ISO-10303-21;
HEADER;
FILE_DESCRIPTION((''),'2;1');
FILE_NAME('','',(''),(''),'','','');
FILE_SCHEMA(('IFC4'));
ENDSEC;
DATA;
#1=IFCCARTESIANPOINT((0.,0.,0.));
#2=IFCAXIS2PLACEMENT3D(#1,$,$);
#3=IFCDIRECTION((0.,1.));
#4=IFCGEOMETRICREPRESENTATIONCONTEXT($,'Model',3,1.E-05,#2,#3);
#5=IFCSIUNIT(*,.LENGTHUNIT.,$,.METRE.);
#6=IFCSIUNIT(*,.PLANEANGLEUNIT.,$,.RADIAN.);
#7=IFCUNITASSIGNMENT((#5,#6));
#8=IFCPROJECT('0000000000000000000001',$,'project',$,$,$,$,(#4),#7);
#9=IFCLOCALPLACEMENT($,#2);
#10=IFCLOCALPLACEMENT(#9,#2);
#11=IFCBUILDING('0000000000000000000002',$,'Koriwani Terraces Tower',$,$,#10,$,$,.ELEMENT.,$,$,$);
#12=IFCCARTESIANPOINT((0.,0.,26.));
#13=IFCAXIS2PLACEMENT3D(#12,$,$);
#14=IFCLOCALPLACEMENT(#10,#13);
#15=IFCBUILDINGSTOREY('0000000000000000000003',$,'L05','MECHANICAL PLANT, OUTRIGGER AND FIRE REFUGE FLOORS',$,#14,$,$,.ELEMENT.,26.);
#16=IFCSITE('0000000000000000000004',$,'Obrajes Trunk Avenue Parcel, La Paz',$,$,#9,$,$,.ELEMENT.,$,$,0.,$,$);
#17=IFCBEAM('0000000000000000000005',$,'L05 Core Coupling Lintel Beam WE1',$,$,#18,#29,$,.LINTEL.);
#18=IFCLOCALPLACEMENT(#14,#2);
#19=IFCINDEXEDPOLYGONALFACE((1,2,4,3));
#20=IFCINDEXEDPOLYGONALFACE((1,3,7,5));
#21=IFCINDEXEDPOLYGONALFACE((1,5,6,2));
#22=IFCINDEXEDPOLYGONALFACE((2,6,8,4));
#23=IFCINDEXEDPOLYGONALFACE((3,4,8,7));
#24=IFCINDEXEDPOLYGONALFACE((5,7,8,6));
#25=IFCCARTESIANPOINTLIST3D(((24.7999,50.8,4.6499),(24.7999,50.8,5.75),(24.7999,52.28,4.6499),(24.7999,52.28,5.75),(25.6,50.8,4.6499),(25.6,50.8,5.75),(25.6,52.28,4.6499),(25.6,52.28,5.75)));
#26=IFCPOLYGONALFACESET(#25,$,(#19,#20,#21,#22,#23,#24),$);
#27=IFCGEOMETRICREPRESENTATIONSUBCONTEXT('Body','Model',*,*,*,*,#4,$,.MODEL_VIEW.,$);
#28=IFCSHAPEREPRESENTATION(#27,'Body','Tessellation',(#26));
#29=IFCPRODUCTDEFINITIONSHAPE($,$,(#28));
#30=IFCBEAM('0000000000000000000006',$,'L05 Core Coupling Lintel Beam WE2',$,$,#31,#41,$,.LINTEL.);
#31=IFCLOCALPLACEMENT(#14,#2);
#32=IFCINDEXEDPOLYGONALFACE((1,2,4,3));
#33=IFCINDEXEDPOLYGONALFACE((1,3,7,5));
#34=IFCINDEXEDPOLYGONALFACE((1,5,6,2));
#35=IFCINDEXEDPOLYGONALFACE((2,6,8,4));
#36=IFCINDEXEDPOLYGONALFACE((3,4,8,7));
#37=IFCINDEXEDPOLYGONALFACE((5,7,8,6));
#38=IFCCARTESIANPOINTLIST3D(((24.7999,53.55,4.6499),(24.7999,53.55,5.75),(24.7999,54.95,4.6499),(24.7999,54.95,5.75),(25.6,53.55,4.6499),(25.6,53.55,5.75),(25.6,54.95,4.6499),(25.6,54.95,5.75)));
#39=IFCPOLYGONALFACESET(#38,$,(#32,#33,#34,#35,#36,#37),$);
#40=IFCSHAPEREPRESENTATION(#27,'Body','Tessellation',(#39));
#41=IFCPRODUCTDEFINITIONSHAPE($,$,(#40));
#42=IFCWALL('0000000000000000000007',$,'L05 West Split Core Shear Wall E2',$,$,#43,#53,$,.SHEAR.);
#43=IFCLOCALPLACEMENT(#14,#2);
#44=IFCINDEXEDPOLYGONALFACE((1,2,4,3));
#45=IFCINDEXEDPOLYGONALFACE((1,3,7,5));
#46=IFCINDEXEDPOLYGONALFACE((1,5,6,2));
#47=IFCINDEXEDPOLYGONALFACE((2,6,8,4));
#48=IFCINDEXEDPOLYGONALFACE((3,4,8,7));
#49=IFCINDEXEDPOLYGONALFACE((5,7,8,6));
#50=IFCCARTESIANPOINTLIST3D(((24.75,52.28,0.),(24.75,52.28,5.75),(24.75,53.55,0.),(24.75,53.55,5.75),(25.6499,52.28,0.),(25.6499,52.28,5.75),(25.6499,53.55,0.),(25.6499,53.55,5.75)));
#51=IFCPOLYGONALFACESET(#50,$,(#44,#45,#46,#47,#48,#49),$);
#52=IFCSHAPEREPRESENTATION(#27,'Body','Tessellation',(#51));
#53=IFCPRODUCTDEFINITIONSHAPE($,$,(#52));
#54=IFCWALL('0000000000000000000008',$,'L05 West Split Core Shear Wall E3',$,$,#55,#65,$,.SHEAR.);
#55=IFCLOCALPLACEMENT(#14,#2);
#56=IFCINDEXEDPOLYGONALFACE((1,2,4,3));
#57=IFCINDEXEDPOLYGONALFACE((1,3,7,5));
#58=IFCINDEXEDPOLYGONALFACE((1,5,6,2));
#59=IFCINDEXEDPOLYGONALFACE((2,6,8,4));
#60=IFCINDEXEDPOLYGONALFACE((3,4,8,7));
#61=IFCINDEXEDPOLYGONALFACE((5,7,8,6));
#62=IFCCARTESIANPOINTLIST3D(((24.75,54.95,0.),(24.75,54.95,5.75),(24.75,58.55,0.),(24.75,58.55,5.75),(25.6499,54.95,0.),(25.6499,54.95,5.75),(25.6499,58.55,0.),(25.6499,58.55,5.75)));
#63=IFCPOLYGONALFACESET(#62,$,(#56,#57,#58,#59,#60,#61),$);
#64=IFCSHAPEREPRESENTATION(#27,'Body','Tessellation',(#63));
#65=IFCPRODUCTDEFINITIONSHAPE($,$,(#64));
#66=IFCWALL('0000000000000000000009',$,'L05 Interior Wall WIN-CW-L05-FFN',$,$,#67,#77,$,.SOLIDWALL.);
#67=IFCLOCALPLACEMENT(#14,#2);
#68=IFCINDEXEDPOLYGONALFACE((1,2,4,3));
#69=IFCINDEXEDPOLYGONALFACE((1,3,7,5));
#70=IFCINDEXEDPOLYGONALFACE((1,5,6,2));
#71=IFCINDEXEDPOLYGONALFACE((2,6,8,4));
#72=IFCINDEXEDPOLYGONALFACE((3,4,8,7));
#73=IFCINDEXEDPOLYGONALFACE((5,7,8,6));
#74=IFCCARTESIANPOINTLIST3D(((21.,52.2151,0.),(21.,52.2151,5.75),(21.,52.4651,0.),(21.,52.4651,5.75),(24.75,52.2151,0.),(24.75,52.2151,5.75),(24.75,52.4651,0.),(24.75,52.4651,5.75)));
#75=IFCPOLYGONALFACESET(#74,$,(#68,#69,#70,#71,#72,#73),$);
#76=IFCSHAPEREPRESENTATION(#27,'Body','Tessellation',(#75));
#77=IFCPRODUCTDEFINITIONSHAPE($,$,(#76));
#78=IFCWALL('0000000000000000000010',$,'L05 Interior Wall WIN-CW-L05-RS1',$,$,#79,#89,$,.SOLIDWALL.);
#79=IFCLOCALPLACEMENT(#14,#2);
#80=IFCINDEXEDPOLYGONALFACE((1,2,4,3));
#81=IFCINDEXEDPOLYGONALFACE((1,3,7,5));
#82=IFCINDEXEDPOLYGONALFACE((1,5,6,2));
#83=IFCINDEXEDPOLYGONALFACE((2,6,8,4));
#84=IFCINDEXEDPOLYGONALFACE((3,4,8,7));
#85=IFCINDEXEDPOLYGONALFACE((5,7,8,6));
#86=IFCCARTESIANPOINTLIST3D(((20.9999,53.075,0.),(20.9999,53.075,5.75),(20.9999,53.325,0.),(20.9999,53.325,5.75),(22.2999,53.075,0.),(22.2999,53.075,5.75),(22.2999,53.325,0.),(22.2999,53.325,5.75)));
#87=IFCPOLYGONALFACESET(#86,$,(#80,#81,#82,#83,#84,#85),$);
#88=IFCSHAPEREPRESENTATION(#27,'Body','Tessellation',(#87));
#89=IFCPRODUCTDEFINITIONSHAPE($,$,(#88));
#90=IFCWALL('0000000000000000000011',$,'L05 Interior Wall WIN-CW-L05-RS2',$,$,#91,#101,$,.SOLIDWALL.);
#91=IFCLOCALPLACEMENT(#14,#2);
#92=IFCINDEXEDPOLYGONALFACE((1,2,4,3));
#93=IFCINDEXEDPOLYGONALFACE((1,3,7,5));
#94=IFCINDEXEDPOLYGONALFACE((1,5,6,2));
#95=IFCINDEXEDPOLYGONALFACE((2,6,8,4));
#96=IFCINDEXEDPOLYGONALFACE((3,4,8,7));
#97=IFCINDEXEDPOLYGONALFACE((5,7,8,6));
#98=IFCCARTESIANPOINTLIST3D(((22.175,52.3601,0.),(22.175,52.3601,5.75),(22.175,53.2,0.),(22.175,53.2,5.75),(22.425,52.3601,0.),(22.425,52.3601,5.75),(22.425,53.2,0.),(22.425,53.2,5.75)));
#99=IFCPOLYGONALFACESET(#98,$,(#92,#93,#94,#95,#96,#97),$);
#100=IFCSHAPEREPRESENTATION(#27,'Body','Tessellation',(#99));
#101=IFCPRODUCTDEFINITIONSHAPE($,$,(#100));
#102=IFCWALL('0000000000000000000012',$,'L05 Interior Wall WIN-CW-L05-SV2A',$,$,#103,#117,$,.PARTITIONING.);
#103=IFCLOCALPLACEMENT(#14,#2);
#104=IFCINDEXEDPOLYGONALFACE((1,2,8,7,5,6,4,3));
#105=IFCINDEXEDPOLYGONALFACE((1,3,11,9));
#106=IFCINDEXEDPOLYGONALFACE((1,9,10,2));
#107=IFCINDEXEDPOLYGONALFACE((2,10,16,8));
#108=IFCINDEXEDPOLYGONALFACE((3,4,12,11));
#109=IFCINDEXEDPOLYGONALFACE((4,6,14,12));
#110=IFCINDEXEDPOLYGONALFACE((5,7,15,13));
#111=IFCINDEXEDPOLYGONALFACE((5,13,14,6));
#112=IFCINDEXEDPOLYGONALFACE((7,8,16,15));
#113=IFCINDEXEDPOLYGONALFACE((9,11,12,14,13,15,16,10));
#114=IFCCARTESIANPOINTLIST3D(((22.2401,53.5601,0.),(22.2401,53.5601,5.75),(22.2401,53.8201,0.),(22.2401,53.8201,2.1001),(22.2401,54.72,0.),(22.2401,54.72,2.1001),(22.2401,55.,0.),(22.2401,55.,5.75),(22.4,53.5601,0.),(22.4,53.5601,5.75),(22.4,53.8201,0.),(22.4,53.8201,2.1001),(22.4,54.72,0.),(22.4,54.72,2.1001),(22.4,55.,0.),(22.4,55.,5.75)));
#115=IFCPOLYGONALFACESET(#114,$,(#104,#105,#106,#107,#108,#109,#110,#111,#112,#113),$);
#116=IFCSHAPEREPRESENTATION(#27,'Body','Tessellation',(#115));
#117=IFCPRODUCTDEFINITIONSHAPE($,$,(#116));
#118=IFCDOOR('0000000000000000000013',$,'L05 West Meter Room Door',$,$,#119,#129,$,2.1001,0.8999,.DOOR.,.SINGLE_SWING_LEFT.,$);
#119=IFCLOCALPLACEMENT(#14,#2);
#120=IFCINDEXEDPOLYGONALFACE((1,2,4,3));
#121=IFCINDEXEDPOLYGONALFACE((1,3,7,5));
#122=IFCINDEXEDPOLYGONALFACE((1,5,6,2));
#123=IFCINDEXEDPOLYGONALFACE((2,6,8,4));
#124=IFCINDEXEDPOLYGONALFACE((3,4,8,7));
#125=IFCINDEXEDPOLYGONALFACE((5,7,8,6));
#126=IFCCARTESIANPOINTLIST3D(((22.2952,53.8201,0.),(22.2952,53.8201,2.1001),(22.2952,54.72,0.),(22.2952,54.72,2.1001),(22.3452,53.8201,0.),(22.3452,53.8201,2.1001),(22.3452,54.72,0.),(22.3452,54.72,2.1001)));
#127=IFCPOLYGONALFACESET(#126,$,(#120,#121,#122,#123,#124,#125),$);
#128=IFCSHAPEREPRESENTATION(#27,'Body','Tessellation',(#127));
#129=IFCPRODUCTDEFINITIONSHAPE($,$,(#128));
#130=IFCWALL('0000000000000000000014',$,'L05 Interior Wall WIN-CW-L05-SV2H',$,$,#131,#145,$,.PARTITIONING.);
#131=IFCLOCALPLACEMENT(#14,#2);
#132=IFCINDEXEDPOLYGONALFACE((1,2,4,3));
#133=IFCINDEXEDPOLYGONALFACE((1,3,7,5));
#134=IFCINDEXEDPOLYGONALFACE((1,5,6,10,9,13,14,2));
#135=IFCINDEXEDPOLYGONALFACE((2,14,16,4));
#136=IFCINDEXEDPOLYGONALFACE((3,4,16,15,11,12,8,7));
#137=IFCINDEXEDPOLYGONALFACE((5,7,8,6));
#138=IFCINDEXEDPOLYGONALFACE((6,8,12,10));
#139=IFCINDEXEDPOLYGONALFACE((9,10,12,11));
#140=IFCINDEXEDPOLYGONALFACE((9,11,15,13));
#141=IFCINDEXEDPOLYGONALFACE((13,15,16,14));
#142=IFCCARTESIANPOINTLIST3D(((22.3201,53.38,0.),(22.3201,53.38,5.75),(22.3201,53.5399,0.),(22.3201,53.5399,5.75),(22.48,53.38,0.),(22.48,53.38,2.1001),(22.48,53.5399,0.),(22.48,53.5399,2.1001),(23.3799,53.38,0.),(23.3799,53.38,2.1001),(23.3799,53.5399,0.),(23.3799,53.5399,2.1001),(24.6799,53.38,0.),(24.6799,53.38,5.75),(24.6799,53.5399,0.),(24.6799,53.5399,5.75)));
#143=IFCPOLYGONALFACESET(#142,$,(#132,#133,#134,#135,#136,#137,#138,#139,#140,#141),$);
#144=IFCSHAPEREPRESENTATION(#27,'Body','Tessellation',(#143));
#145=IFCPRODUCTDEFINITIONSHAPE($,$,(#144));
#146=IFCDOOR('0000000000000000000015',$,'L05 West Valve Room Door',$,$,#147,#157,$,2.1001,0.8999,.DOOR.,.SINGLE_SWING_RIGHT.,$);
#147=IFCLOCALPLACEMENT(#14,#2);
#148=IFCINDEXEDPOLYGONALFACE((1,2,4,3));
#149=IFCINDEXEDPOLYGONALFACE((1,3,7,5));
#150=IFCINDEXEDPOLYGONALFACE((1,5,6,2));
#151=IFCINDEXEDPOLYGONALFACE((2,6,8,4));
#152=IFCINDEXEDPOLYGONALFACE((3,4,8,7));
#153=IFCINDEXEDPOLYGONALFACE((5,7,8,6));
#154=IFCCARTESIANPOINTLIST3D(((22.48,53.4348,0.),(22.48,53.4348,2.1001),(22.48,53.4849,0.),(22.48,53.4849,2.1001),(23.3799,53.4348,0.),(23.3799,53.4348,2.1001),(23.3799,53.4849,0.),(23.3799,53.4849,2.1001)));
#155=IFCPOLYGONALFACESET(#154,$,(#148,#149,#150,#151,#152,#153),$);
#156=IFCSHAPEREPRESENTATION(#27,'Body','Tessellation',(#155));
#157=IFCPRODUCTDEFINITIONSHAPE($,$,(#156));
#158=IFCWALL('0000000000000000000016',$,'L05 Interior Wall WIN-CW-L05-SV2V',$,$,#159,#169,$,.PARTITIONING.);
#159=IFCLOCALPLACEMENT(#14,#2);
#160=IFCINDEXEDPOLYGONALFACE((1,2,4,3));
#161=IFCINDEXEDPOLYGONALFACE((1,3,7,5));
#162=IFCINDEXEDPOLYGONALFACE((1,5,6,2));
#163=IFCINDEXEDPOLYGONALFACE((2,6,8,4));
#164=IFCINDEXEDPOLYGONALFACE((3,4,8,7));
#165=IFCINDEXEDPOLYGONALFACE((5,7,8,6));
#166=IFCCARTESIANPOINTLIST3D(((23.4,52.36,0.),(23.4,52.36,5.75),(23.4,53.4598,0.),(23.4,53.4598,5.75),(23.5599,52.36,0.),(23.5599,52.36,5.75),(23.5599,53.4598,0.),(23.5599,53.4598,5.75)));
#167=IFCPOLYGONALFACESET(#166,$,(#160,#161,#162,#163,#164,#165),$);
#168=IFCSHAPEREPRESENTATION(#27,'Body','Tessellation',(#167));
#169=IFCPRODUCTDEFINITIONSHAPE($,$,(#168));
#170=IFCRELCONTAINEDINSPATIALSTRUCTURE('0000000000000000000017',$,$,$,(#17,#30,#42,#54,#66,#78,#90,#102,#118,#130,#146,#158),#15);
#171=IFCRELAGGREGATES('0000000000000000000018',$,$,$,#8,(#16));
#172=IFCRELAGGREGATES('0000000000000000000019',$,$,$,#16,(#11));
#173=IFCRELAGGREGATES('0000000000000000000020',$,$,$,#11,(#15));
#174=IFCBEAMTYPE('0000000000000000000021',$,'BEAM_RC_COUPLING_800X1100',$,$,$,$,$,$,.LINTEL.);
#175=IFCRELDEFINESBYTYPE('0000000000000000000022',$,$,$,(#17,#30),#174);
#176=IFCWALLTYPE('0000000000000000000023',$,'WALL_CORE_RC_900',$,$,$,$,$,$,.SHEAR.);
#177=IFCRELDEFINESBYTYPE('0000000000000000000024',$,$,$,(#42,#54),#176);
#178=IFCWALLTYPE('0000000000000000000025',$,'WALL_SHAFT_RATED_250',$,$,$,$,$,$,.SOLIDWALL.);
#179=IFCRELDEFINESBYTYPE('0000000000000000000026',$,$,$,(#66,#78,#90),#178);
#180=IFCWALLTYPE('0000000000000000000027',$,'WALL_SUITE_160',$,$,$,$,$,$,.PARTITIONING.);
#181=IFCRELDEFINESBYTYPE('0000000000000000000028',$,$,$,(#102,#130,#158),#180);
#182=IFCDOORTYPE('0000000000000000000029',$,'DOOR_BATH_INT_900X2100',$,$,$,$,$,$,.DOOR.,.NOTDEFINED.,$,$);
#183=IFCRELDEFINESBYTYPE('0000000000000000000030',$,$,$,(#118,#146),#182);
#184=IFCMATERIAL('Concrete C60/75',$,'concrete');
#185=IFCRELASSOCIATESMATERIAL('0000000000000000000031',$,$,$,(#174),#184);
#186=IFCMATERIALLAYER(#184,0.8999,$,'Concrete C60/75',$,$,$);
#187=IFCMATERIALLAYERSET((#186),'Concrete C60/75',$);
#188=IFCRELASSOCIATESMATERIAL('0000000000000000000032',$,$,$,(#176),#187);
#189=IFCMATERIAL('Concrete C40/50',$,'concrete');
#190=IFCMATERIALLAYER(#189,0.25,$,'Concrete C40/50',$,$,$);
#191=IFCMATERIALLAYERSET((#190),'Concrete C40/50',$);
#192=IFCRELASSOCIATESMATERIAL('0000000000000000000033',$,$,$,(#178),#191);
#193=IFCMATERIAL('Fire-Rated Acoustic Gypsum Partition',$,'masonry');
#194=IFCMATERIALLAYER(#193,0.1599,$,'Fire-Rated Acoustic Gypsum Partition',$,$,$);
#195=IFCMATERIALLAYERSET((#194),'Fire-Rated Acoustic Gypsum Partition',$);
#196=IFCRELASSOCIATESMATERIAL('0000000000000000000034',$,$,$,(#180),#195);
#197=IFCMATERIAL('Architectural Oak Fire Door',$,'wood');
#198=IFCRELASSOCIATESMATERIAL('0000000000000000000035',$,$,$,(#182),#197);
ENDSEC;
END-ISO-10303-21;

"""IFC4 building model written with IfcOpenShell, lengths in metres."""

from ifc_helpers import new_model, si_unit, direction, frame, frame_2d, origin, origin_2d, place, context, subcontext, project, spatial, rectangle, extrude, material, layer, layer_set, material_profile, profile_set, type_object, element, fill, save


model = new_model("IFC4")

# Units and contexts
model_context = context("Model", 3, precision=1e-05, world=origin(), true_north=direction((0.0, 1.0)))
body_context = subcontext(model_context, "Body", "Model", "MODEL_VIEW")
ifc_project = project(units=[si_unit("LENGTHUNIT", "METRE"), si_unit("PLANEANGLEUNIT", "RADIAN")], contexts=[model_context])

# Site, building, storey
site_placement = place(None, origin())
site = spatial("IfcSite", under=ifc_project, at=site_placement, Name="Obrajes Trunk Avenue Parcel, La Paz", CompositionType="ELEMENT", RefElevation=0.0)
building_placement = place(site_placement, origin())
building = spatial("IfcBuilding", under=site, at=building_placement, Name="Koriwani Terraces Tower", CompositionType="ELEMENT")
storey_placement = place(building_placement, frame((0.0, 0.0, 26.0)))
storey = spatial("IfcBuildingStorey", under=building, at=storey_placement, Name="L05", Description="MECHANICAL PLANT, OUTRIGGER AND FIRE REFUGE FLOORS", CompositionType="ELEMENT", Elevation=26.0)

# Beams
ifc_material_1 = material(Name="Concrete C60/75", Category="concrete")
ifc_material_profile = material_profile(ifc_material_1, rectangle(XDim=0.8, YDim=1.1001, at=origin_2d()), Name="Concrete C60/75", Category="LoadBearing")
ifc_profile_set = profile_set([ifc_material_profile], Name="Concrete C60/75")
beam_type = type_object("IfcBeamType", Name="BEAM_RC_COUPLING_800X1100", PredefinedType="LINTEL", material=ifc_profile_set)
beam_1_placement = place(storey_placement, frame((25.2, 50.8, 5.2), z_axis=(0.0, 1.0, 0.0), x_axis=(-1.0, 0.0, 0.0)))
element("IfcBeam", 1, at=beam_1_placement, inside=storey, type_object=beam_type, Name="L05 Core Coupling Lintel Beam WE1", PredefinedType="LINTEL", context=body_context, shape_type="SweptSolid", body=[
    extrude(rectangle(XDim=0.8, YDim=1.1001, at=origin_2d()), origin(), (0.0, 0.0, 1.0), 1.48),
])
beam_2_placement = place(storey_placement, frame((25.2, 53.55, 5.2), z_axis=(0.0, 1.0, 0.0), x_axis=(-1.0, 0.0, 0.0)))
element("IfcBeam", 2, at=beam_2_placement, inside=storey, type_object=beam_type, Name="L05 Core Coupling Lintel Beam WE2", PredefinedType="LINTEL", context=body_context, shape_type="SweptSolid", body=[
    extrude(rectangle(XDim=0.8, YDim=1.1001, at=origin_2d()), origin(), (0.0, 0.0, 1.0), 1.3999),
])

# Walls
ifc_layer_1 = layer(ifc_material_1, 0.8999, Name="Concrete C60/75")
ifc_layer_set_1 = layer_set([ifc_layer_1], Name="Concrete C60/75")
wall_type_1 = type_object("IfcWallType", Name="WALL_CORE_RC_900", PredefinedType="SHEAR", material=ifc_layer_set_1)
wall_1_placement = place(storey_placement, frame((25.2, 52.28, 0.0), z_axis=(0.0, 0.0, 1.0), x_axis=(0.0, 1.0, 0.0)))
element("IfcWall", 3, at=wall_1_placement, inside=storey, type_object=wall_type_1, Name="L05 West Split Core Shear Wall E2", PredefinedType="SHEAR", context=body_context, shape_type="SweptSolid", body=[
    extrude(rectangle(XDim=1.27, YDim=0.8999, at=frame_2d((0.635, 0.0))), origin(), (0.0, 0.0, 1.0), 5.75),
])
wall_2_placement = place(storey_placement, frame((25.2, 54.95, 0.0), z_axis=(0.0, 0.0, 1.0), x_axis=(0.0, 1.0, 0.0)))
element("IfcWall", 4, at=wall_2_placement, inside=storey, type_object=wall_type_1, Name="L05 West Split Core Shear Wall E3", PredefinedType="SHEAR", context=body_context, shape_type="SweptSolid", body=[
    extrude(rectangle(XDim=3.6001, YDim=0.8999, at=frame_2d((1.8, 0.0))), origin(), (0.0, 0.0, 1.0), 5.75),
])

# Shared definitions
ifc_material_2 = material(Name="Concrete C40/50", Category="concrete")
ifc_layer_2 = layer(ifc_material_2, 0.25, Name="Concrete C40/50")
ifc_layer_set_2 = layer_set([ifc_layer_2], Name="Concrete C40/50")
wall_type_2 = type_object("IfcWallType", Name="WALL_SHAFT_RATED_250", PredefinedType="SOLIDWALL", material=ifc_layer_set_2)

# Wall
wall_3_placement = place(storey_placement, frame((21.0, 52.3401, 0.0), z_axis=(0.0, 0.0, 1.0), x_axis=(1.0, 0.0, 0.0)))
element("IfcWall", 5, at=wall_3_placement, inside=storey, type_object=wall_type_2, Name="L05 Interior Wall WIN-CW-L05-FFN", PredefinedType="SOLIDWALL", context=body_context, shape_type="SweptSolid", body=[
    extrude(rectangle(XDim=3.75, YDim=0.25, at=frame_2d((1.875, 0.0))), origin(), (0.0, 0.0, 1.0), 5.75),
])

# Walls
wall_4_placement = place(storey_placement, frame((21.0, 53.2, 0.0), z_axis=(0.0, 0.0, 1.0), x_axis=(1.0, 0.0, 0.0)))
element("IfcWall", 6, at=wall_4_placement, inside=storey, type_object=wall_type_2, Name="L05 Interior Wall WIN-CW-L05-RS1", PredefinedType="SOLIDWALL", context=body_context, shape_type="SweptSolid", body=[
    extrude(rectangle(XDim=1.3, YDim=0.25, at=frame_2d((0.6499, 0.0))), origin(), (0.0, 0.0, 1.0), 5.75),
])
wall_5_placement = place(storey_placement, frame((22.3, 52.3601, 0.0), z_axis=(0.0, 0.0, 1.0), x_axis=(0.0, 1.0, 0.0)))
element("IfcWall", 7, at=wall_5_placement, inside=storey, type_object=wall_type_2, Name="L05 Interior Wall WIN-CW-L05-RS2", PredefinedType="SOLIDWALL", context=body_context, shape_type="SweptSolid", body=[
    extrude(rectangle(XDim=0.8398, YDim=0.25, at=frame_2d((0.4199, 0.0))), origin(), (0.0, 0.0, 1.0), 5.75),
])

# Walls, openings, doors
ifc_material_3 = material(Name="Fire-Rated Acoustic Gypsum Partition", Category="masonry")
ifc_layer_3 = layer(ifc_material_3, 0.1599, Name="Fire-Rated Acoustic Gypsum Partition")
ifc_layer_set_3 = layer_set([ifc_layer_3], Name="Fire-Rated Acoustic Gypsum Partition")
wall_type_3 = type_object("IfcWallType", Name="WALL_SUITE_160", PredefinedType="PARTITIONING", material=ifc_layer_set_3)
wall_6_placement = place(storey_placement, frame((22.3201, 53.5601, 0.0), z_axis=(0.0, 0.0, 1.0), x_axis=(0.0, 1.0, 0.0)))
wall_6 = element("IfcWall", 8, at=wall_6_placement, inside=storey, type_object=wall_type_3, Name="L05 Interior Wall WIN-CW-L05-SV2A", PredefinedType="PARTITIONING", context=body_context, shape_type="SweptSolid", body=[
    extrude(rectangle(XDim=1.4399, YDim=0.1599, at=frame_2d((0.72, 0.0))), origin(), (0.0, 0.0, 1.0), 5.75),
])
opening_1_placement = place(wall_6_placement, frame((0.26, 0.0, 0.0)))
opening_1 = element("IfcOpeningElement", 9, at=opening_1_placement, cuts=wall_6, PredefinedType="OPENING", context=body_context, shape_type="SweptSolid", body=[
    extrude(rectangle(XDim=0.8999, YDim=2.1001, at=frame_2d((0.45, 1.05))), frame((0.0, 0.0898, 0.0), z_axis=(0.0, -1.0, 0.0), x_axis=(1.0, 0.0, 0.0)), (0.0, 0.0, 1.0), 0.1799),
])
ifc_material_4 = material(Name="Architectural Oak Fire Door", Category="wood")
door_type_1 = type_object("IfcDoorType", Name="DOOR_BATH_INT_900X2100", OperationType="NOTDEFINED", PredefinedType="DOOR", material=ifc_material_4)
door_1_placement = place(opening_1_placement, origin())
door_1 = element("IfcDoor", 10, at=door_1_placement, inside=storey, type_object=door_type_1, Name="L05 West Meter Room Door", OperationType="SINGLE_SWING_LEFT", OverallHeight=2.1001, OverallWidth=0.8999, PredefinedType="DOOR", context=body_context, shape_type="SweptSolid", body=[
    extrude(rectangle(XDim=0.8999, YDim=2.1001, at=frame_2d((0.45, 1.05))), frame((0.0, 0.0249, 0.0), z_axis=(0.0, -1.0, 0.0), x_axis=(1.0, 0.0, 0.0)), (0.0, 0.0, 1.0), 0.05),
])
fill(opening_1, door_1)
wall_7_placement = place(storey_placement, frame((22.3201, 53.46, 0.0), z_axis=(0.0, 0.0, 1.0), x_axis=(1.0, 0.0, 0.0)))
wall_7 = element("IfcWall", 11, at=wall_7_placement, inside=storey, type_object=wall_type_3, Name="L05 Interior Wall WIN-CW-L05-SV2H", PredefinedType="PARTITIONING", context=body_context, shape_type="SweptSolid", body=[
    extrude(rectangle(XDim=2.3599, YDim=0.1599, at=frame_2d((1.1799, 0.0))), origin(), (0.0, 0.0, 1.0), 5.75),
])
opening_2_placement = place(wall_7_placement, frame((0.1599, 0.0, 0.0)))
opening_2 = element("IfcOpeningElement", 12, at=opening_2_placement, cuts=wall_7, PredefinedType="OPENING", context=body_context, shape_type="SweptSolid", body=[
    extrude(rectangle(XDim=0.8999, YDim=2.1001, at=frame_2d((0.45, 1.05))), frame((0.0, 0.0898, 0.0), z_axis=(0.0, -1.0, 0.0), x_axis=(1.0, 0.0, 0.0)), (0.0, 0.0, 1.0), 0.1799),
])
door_2_placement = place(opening_2_placement, origin())
door_2 = element("IfcDoor", 13, at=door_2_placement, inside=storey, type_object=door_type_1, Name="L05 West Valve Room Door", OperationType="SINGLE_SWING_RIGHT", OverallHeight=2.1001, OverallWidth=0.8999, PredefinedType="DOOR", context=body_context, shape_type="SweptSolid", body=[
    extrude(rectangle(XDim=0.8999, YDim=2.1001, at=frame_2d((0.45, 1.05))), frame((0.0, 0.0249, 0.0), z_axis=(0.0, -1.0, 0.0), x_axis=(1.0, 0.0, 0.0)), (0.0, 0.0, 1.0), 0.05),
])
fill(opening_2, door_2)

# Wall
wall_8_placement = place(storey_placement, frame((23.48, 52.3601, 0.0), z_axis=(0.0, 0.0, 1.0), x_axis=(0.0, 1.0, 0.0)))
element("IfcWall", 14, at=wall_8_placement, inside=storey, type_object=wall_type_3, Name="L05 Interior Wall WIN-CW-L05-SV2V", PredefinedType="PARTITIONING", context=body_context, shape_type="SweptSolid", body=[
    extrude(rectangle(XDim=1.0999, YDim=0.1599, at=frame_2d((0.5498, 0.0))), origin(), (0.0, 0.0, 1.0), 5.75),
])

save(model, "model.ifc")
